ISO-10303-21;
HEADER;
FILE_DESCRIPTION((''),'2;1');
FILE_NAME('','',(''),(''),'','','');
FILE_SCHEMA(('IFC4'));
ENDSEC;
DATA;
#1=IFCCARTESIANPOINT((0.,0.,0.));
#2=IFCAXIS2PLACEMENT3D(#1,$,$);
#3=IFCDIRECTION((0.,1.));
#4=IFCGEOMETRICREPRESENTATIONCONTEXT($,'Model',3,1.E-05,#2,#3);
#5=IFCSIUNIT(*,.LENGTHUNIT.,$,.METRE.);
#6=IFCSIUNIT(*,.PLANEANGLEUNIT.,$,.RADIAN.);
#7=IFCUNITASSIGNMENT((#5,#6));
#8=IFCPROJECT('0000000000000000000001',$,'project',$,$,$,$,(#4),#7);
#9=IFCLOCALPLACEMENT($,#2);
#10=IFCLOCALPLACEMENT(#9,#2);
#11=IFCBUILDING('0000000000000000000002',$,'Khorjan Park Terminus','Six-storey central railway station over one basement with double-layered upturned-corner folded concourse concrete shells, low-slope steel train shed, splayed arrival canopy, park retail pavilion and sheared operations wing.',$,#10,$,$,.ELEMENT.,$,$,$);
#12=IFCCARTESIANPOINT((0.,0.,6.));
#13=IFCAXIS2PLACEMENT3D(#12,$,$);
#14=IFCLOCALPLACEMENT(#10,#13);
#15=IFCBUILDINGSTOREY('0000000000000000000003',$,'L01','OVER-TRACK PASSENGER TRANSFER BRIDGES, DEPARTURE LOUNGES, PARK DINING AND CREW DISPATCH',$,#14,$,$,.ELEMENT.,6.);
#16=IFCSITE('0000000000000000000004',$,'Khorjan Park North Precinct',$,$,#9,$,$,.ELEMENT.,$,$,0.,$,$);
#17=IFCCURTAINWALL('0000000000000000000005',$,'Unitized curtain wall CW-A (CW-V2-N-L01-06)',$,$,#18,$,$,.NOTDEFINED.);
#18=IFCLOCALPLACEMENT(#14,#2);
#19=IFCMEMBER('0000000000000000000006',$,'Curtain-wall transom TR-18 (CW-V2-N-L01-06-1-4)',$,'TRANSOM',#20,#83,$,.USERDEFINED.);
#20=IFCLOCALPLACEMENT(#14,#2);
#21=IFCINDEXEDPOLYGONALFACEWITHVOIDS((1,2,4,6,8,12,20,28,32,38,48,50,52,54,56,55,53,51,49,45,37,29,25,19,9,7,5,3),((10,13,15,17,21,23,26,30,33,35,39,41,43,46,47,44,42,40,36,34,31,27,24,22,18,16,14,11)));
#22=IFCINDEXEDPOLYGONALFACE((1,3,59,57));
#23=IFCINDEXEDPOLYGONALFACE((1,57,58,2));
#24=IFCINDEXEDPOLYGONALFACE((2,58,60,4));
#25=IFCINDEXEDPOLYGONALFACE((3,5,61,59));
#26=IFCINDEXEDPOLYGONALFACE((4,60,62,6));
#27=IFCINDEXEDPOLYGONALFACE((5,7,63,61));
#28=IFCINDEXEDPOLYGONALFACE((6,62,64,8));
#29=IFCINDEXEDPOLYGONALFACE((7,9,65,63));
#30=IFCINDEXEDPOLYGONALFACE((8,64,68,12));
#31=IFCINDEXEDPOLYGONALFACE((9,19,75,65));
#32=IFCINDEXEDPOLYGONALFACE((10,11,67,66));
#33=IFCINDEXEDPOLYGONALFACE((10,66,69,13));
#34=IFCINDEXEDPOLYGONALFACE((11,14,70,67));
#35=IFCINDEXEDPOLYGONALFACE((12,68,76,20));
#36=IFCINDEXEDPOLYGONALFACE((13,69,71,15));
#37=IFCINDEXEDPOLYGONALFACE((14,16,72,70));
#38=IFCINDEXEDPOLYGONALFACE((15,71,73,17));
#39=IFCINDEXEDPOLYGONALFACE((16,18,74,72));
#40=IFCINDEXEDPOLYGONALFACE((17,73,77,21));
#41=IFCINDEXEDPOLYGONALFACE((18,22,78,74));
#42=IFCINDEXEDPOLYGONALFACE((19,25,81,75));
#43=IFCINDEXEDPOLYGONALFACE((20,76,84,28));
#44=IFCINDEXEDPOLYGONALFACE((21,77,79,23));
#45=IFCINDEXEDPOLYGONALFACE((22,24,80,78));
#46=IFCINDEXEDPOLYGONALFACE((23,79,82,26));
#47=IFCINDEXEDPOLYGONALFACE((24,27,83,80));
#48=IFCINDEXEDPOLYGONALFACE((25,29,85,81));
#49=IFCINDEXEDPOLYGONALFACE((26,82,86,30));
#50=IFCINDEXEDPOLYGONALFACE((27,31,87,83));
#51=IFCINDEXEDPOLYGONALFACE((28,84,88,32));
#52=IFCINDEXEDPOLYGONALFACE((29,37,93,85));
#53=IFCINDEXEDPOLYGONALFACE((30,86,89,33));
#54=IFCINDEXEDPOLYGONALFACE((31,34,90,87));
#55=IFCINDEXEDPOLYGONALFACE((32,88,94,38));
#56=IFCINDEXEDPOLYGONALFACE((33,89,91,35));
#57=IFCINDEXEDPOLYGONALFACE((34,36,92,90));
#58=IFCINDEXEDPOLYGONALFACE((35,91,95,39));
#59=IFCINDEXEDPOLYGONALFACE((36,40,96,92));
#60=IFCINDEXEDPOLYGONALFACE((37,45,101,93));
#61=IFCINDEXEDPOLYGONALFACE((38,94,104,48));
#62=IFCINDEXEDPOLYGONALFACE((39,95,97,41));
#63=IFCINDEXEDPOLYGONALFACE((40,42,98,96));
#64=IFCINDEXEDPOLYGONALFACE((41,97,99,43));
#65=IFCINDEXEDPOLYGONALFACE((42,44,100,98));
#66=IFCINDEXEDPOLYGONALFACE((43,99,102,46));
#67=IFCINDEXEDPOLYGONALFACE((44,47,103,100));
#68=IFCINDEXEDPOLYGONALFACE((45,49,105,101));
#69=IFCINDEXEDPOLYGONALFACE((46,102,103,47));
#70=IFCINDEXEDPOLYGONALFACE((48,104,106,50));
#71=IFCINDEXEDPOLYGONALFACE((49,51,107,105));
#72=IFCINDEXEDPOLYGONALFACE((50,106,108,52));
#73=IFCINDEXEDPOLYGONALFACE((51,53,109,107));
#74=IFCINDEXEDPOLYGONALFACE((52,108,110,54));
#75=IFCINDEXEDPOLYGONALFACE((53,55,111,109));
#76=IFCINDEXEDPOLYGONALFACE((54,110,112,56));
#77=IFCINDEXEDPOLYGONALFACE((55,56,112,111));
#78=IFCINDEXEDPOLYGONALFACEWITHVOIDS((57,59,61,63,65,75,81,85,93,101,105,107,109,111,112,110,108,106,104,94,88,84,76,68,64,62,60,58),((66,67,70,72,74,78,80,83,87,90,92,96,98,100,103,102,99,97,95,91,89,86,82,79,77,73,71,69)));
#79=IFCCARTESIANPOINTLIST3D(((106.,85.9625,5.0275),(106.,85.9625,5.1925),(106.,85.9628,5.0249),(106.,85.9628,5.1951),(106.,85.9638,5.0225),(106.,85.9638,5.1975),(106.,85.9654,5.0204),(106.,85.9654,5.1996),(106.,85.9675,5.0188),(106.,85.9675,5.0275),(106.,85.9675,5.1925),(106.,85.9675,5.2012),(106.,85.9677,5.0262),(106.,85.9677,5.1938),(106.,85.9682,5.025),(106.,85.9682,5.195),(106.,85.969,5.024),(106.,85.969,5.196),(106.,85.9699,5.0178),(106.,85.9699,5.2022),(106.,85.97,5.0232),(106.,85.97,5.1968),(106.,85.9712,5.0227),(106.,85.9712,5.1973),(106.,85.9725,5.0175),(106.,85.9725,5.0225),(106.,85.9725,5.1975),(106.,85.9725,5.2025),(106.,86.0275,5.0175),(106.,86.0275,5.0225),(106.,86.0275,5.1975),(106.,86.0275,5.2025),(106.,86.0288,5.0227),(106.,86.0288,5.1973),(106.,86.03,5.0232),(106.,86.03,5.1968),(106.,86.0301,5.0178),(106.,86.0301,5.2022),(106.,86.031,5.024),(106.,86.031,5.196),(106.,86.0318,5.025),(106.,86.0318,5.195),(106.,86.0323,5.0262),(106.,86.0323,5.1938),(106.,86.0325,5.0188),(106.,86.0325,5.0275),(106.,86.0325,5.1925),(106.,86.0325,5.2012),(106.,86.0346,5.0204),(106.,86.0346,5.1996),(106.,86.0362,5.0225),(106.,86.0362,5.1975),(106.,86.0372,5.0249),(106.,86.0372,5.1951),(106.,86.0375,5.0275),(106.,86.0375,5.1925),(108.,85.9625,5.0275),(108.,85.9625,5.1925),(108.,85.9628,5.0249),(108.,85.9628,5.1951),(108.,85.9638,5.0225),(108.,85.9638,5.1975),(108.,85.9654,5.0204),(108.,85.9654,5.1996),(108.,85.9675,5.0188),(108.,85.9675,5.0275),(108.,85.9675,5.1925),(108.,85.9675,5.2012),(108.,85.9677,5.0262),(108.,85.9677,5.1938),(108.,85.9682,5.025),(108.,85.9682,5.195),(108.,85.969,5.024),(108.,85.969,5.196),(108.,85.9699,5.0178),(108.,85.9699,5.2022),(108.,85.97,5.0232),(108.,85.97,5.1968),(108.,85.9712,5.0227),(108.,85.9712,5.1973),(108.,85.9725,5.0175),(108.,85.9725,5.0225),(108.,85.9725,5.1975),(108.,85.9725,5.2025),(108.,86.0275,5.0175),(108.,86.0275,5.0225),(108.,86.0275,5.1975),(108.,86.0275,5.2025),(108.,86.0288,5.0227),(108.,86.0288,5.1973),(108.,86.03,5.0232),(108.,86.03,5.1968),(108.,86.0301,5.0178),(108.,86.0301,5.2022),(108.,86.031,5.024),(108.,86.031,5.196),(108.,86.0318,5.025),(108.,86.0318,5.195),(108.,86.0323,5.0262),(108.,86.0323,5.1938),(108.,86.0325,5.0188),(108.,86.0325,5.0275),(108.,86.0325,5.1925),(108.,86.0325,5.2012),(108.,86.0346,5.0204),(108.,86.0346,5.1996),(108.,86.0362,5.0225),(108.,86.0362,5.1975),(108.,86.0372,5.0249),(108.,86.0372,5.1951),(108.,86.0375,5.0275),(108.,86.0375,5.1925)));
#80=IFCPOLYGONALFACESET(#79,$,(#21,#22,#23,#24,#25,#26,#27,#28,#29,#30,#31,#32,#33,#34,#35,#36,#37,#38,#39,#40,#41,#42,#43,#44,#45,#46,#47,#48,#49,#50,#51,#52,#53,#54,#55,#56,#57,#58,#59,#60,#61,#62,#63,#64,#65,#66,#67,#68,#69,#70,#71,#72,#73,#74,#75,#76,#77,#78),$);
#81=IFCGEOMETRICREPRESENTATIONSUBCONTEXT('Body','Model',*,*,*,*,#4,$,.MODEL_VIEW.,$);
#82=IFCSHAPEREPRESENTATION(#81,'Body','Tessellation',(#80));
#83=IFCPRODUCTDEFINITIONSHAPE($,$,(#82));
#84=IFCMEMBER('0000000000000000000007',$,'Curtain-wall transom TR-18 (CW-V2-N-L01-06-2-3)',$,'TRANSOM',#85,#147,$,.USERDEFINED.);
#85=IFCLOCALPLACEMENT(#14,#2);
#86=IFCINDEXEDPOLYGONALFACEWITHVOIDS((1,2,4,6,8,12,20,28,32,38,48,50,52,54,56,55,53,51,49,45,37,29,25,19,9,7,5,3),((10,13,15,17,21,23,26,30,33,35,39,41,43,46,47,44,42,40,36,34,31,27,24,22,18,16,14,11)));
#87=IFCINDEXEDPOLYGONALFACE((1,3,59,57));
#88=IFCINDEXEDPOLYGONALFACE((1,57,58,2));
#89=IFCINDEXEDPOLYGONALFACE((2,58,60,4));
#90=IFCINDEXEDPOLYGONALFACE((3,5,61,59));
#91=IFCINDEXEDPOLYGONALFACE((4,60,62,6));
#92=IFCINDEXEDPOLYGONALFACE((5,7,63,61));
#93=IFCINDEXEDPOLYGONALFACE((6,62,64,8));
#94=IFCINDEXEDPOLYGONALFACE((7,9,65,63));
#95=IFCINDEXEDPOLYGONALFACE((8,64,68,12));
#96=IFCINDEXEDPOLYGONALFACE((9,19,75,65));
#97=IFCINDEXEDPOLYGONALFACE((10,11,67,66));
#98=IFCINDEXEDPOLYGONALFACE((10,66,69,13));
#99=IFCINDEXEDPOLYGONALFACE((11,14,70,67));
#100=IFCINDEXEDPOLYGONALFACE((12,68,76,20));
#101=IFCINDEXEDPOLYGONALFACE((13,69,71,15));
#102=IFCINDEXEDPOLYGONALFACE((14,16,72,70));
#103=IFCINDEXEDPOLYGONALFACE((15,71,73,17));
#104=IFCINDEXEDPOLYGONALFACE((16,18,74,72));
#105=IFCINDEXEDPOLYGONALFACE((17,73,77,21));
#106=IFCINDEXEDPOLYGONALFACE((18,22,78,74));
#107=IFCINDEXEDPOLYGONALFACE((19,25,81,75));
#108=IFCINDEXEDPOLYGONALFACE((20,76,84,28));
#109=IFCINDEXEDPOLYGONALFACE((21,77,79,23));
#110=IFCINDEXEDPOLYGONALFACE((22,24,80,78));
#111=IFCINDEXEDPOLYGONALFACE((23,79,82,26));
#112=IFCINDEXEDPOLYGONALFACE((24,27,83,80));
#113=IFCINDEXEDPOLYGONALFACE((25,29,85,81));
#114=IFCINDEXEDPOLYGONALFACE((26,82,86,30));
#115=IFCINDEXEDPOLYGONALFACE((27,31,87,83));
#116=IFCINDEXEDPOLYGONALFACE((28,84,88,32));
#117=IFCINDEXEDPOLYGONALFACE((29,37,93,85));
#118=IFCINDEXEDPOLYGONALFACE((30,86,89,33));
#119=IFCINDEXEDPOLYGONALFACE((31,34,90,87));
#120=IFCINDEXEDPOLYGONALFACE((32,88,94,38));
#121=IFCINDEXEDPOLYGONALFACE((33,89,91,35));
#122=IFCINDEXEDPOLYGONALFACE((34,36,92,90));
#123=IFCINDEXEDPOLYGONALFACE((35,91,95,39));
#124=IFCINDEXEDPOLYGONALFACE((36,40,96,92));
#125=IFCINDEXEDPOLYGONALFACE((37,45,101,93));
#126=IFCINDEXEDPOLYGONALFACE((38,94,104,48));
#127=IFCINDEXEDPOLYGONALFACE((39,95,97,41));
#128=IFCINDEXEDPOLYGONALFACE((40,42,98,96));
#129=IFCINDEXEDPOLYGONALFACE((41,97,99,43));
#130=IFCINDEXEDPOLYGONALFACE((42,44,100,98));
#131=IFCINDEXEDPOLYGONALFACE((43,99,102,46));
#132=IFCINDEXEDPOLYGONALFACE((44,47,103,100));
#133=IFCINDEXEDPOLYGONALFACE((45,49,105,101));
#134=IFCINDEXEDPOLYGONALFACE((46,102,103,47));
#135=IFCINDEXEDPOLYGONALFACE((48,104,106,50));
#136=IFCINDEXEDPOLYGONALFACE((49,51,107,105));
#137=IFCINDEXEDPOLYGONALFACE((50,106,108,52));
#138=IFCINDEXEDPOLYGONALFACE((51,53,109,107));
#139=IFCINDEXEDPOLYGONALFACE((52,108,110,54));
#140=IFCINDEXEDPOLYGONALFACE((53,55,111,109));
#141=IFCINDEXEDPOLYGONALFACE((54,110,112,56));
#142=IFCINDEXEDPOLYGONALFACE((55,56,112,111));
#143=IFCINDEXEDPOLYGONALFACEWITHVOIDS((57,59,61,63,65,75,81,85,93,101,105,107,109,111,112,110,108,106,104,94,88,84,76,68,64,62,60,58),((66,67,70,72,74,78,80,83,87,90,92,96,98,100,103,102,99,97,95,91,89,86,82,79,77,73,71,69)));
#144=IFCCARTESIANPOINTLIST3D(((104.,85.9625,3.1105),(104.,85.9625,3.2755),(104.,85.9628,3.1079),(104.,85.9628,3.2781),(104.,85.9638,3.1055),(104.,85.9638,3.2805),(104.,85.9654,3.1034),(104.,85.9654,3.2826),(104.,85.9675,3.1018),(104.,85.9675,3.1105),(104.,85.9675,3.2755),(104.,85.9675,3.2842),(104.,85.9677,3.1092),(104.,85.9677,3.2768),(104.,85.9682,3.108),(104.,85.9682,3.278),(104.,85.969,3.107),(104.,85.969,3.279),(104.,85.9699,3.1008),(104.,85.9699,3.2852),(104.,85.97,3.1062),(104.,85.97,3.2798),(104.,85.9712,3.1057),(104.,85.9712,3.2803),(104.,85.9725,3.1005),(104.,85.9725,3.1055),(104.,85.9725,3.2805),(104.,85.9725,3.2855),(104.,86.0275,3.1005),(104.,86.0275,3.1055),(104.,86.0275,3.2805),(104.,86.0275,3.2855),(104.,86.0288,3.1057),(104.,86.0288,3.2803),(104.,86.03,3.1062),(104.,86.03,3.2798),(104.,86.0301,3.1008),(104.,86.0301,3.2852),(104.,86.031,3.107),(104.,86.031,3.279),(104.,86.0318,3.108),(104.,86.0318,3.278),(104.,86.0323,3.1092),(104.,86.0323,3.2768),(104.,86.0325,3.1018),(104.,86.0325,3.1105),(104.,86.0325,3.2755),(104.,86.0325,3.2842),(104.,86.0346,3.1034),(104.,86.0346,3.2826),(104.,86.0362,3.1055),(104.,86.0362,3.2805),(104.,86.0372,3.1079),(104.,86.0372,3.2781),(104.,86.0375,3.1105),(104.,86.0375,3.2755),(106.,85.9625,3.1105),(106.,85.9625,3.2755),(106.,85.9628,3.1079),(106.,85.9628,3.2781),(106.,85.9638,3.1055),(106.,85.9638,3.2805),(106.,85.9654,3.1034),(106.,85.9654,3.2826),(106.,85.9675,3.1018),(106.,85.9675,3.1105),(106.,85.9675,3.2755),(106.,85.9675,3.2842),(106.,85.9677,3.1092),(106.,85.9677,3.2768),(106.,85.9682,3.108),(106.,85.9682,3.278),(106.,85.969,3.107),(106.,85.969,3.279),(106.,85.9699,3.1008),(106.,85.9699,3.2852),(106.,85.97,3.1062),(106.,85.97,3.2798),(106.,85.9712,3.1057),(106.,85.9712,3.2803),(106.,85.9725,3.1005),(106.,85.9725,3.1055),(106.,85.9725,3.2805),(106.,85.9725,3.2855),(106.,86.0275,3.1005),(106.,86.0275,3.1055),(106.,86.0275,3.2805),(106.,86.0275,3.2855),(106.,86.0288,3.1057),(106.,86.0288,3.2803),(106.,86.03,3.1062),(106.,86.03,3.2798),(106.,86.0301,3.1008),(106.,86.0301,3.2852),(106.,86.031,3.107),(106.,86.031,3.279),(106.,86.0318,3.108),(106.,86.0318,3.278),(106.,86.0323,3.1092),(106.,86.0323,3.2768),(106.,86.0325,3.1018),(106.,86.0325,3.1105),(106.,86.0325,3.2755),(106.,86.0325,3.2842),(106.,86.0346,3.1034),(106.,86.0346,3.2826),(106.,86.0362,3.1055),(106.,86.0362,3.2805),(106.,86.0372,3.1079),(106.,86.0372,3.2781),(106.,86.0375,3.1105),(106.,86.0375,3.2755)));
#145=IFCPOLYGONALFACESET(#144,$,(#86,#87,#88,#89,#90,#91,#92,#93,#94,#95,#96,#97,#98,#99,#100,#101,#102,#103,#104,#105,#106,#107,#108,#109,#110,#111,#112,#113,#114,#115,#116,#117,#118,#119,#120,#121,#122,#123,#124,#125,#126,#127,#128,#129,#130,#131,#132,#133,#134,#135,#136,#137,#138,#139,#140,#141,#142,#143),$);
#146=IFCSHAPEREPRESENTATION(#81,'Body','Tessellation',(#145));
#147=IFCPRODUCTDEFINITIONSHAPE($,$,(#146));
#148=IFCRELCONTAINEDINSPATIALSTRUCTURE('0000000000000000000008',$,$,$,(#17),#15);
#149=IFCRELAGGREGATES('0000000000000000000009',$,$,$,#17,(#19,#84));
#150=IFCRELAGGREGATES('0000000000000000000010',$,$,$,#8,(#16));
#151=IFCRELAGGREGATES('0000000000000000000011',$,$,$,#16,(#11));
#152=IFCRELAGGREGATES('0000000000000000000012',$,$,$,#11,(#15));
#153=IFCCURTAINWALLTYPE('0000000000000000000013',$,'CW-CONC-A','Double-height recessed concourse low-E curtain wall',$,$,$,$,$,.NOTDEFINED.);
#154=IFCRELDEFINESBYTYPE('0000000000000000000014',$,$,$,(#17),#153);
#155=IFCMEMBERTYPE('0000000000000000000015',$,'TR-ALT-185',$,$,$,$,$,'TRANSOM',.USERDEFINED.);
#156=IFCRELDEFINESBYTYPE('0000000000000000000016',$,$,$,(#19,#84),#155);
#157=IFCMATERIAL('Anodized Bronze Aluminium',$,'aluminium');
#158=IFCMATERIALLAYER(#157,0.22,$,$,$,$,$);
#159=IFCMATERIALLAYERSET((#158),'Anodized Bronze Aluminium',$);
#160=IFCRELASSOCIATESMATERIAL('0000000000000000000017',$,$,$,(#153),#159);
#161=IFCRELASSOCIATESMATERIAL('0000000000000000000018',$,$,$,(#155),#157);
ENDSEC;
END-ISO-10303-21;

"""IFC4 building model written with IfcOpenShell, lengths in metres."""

from ifc_helpers import new_model, si_unit, direction, frame, origin, origin_2d, place, context, subcontext, project, spatial, hollow_rectangle, extrude, material, layer, layer_set, material_profile, profile_set, type_object, element, aggregate, save


model = new_model("IFC4")

# Units and contexts
model_context = context("Model", 3, precision=1e-05, world=origin(), true_north=direction((0.0, 1.0)))
body_context = subcontext(model_context, "Body", "Model", "MODEL_VIEW")
ifc_project = project(units=[si_unit("LENGTHUNIT", "METRE"), si_unit("PLANEANGLEUNIT", "RADIAN")], contexts=[model_context])

# Site, building, storey
site_placement = place(None, origin())
site = spatial("IfcSite", under=ifc_project, at=site_placement, Name="Khorjan Park North Precinct", CompositionType="ELEMENT", RefElevation=0.0)
building_placement = place(site_placement, origin())
building = spatial("IfcBuilding", under=site, at=building_placement, Name="Khorjan Park Terminus", Description="Six-storey central railway station over one basement with double-layered upturned-corner folded concourse concrete shells, low-slope steel train shed, splayed arrival canopy, park retail pavilion and sheared operations wing.", CompositionType="ELEMENT")
storey_placement = place(building_placement, frame((0.0, 0.0, 6.0)))
storey = spatial("IfcBuildingStorey", under=building, at=storey_placement, Name="L01", Description="OVER-TRACK PASSENGER TRANSFER BRIDGES, DEPARTURE LOUNGES, PARK DINING AND CREW DISPATCH", CompositionType="ELEMENT", Elevation=6.0)

# Curtain wall
ifc_material_1 = material(Name="Anodized Bronze Aluminium", Category="aluminium")
ifc_layer_1 = layer(ifc_material_1, 0.22)
ifc_layer_set_1 = layer_set([ifc_layer_1], Name="Anodized Bronze Aluminium")
curtain_wall_type_1 = type_object("IfcCurtainWallType", Name="CW-CONC-A", Description="Double-height recessed concourse low-E curtain wall", PredefinedType="NOTDEFINED", material=ifc_layer_set_1)
curtain_wall_1_placement = place(storey_placement, origin())
curtain_wall_1 = element("IfcCurtainWall", 1, at=curtain_wall_1_placement, inside=storey, type_object=curtain_wall_type_1, Name="Unitized curtain wall CW-A (CW-V2-N-L01-06)", PredefinedType="NOTDEFINED")

# Members
ifc_material_profile_1 = material_profile(ifc_material_1, hollow_rectangle(XDim=0.075, YDim=0.185, WallThickness=0.005, InnerFilletRadius=0.005, OuterFilletRadius=0.01, at=origin_2d()), Name="ALT 75x185x5")
ifc_profile_set_1 = profile_set([ifc_material_profile_1], Name="Anodized Bronze Aluminium")
member_type_1 = type_object("IfcMemberType", Name="TR-ALT-185", ElementType="TRANSOM", PredefinedType="USERDEFINED", material=ifc_profile_set_1)
member_1_placement = place(storey_placement, frame((108.0, 86.0, 5.11), z_axis=(-1.0, 0.0, 0.0), x_axis=(0.0, -1.0, 0.0)))
member_1 = element("IfcMember", 2, at=member_1_placement, type_object=member_type_1, Name="Curtain-wall transom TR-18 (CW-V2-N-L01-06-1-4)", ObjectType="TRANSOM", PredefinedType="USERDEFINED", context=body_context, shape_type="SweptSolid", body=[
    extrude(hollow_rectangle(XDim=0.075, YDim=0.185, WallThickness=0.005, InnerFilletRadius=0.005, OuterFilletRadius=0.01, at=origin_2d()), origin(), (0.0, 0.0, 1.0), 2.0),
])
member_2_placement = place(storey_placement, frame((106.0, 86.0, 3.193), z_axis=(-1.0, 0.0, 0.0), x_axis=(0.0, -1.0, 0.0)))
member_2 = element("IfcMember", 3, at=member_2_placement, type_object=member_type_1, Name="Curtain-wall transom TR-18 (CW-V2-N-L01-06-2-3)", ObjectType="TRANSOM", PredefinedType="USERDEFINED", context=body_context, shape_type="SweptSolid", body=[
    extrude(hollow_rectangle(XDim=0.075, YDim=0.185, WallThickness=0.005, InnerFilletRadius=0.005, OuterFilletRadius=0.01, at=origin_2d()), origin(), (0.0, 0.0, 1.0), 2.0),
])

aggregate(curtain_wall_1, [member_1, member_2])

save(model, "model.ifc")
